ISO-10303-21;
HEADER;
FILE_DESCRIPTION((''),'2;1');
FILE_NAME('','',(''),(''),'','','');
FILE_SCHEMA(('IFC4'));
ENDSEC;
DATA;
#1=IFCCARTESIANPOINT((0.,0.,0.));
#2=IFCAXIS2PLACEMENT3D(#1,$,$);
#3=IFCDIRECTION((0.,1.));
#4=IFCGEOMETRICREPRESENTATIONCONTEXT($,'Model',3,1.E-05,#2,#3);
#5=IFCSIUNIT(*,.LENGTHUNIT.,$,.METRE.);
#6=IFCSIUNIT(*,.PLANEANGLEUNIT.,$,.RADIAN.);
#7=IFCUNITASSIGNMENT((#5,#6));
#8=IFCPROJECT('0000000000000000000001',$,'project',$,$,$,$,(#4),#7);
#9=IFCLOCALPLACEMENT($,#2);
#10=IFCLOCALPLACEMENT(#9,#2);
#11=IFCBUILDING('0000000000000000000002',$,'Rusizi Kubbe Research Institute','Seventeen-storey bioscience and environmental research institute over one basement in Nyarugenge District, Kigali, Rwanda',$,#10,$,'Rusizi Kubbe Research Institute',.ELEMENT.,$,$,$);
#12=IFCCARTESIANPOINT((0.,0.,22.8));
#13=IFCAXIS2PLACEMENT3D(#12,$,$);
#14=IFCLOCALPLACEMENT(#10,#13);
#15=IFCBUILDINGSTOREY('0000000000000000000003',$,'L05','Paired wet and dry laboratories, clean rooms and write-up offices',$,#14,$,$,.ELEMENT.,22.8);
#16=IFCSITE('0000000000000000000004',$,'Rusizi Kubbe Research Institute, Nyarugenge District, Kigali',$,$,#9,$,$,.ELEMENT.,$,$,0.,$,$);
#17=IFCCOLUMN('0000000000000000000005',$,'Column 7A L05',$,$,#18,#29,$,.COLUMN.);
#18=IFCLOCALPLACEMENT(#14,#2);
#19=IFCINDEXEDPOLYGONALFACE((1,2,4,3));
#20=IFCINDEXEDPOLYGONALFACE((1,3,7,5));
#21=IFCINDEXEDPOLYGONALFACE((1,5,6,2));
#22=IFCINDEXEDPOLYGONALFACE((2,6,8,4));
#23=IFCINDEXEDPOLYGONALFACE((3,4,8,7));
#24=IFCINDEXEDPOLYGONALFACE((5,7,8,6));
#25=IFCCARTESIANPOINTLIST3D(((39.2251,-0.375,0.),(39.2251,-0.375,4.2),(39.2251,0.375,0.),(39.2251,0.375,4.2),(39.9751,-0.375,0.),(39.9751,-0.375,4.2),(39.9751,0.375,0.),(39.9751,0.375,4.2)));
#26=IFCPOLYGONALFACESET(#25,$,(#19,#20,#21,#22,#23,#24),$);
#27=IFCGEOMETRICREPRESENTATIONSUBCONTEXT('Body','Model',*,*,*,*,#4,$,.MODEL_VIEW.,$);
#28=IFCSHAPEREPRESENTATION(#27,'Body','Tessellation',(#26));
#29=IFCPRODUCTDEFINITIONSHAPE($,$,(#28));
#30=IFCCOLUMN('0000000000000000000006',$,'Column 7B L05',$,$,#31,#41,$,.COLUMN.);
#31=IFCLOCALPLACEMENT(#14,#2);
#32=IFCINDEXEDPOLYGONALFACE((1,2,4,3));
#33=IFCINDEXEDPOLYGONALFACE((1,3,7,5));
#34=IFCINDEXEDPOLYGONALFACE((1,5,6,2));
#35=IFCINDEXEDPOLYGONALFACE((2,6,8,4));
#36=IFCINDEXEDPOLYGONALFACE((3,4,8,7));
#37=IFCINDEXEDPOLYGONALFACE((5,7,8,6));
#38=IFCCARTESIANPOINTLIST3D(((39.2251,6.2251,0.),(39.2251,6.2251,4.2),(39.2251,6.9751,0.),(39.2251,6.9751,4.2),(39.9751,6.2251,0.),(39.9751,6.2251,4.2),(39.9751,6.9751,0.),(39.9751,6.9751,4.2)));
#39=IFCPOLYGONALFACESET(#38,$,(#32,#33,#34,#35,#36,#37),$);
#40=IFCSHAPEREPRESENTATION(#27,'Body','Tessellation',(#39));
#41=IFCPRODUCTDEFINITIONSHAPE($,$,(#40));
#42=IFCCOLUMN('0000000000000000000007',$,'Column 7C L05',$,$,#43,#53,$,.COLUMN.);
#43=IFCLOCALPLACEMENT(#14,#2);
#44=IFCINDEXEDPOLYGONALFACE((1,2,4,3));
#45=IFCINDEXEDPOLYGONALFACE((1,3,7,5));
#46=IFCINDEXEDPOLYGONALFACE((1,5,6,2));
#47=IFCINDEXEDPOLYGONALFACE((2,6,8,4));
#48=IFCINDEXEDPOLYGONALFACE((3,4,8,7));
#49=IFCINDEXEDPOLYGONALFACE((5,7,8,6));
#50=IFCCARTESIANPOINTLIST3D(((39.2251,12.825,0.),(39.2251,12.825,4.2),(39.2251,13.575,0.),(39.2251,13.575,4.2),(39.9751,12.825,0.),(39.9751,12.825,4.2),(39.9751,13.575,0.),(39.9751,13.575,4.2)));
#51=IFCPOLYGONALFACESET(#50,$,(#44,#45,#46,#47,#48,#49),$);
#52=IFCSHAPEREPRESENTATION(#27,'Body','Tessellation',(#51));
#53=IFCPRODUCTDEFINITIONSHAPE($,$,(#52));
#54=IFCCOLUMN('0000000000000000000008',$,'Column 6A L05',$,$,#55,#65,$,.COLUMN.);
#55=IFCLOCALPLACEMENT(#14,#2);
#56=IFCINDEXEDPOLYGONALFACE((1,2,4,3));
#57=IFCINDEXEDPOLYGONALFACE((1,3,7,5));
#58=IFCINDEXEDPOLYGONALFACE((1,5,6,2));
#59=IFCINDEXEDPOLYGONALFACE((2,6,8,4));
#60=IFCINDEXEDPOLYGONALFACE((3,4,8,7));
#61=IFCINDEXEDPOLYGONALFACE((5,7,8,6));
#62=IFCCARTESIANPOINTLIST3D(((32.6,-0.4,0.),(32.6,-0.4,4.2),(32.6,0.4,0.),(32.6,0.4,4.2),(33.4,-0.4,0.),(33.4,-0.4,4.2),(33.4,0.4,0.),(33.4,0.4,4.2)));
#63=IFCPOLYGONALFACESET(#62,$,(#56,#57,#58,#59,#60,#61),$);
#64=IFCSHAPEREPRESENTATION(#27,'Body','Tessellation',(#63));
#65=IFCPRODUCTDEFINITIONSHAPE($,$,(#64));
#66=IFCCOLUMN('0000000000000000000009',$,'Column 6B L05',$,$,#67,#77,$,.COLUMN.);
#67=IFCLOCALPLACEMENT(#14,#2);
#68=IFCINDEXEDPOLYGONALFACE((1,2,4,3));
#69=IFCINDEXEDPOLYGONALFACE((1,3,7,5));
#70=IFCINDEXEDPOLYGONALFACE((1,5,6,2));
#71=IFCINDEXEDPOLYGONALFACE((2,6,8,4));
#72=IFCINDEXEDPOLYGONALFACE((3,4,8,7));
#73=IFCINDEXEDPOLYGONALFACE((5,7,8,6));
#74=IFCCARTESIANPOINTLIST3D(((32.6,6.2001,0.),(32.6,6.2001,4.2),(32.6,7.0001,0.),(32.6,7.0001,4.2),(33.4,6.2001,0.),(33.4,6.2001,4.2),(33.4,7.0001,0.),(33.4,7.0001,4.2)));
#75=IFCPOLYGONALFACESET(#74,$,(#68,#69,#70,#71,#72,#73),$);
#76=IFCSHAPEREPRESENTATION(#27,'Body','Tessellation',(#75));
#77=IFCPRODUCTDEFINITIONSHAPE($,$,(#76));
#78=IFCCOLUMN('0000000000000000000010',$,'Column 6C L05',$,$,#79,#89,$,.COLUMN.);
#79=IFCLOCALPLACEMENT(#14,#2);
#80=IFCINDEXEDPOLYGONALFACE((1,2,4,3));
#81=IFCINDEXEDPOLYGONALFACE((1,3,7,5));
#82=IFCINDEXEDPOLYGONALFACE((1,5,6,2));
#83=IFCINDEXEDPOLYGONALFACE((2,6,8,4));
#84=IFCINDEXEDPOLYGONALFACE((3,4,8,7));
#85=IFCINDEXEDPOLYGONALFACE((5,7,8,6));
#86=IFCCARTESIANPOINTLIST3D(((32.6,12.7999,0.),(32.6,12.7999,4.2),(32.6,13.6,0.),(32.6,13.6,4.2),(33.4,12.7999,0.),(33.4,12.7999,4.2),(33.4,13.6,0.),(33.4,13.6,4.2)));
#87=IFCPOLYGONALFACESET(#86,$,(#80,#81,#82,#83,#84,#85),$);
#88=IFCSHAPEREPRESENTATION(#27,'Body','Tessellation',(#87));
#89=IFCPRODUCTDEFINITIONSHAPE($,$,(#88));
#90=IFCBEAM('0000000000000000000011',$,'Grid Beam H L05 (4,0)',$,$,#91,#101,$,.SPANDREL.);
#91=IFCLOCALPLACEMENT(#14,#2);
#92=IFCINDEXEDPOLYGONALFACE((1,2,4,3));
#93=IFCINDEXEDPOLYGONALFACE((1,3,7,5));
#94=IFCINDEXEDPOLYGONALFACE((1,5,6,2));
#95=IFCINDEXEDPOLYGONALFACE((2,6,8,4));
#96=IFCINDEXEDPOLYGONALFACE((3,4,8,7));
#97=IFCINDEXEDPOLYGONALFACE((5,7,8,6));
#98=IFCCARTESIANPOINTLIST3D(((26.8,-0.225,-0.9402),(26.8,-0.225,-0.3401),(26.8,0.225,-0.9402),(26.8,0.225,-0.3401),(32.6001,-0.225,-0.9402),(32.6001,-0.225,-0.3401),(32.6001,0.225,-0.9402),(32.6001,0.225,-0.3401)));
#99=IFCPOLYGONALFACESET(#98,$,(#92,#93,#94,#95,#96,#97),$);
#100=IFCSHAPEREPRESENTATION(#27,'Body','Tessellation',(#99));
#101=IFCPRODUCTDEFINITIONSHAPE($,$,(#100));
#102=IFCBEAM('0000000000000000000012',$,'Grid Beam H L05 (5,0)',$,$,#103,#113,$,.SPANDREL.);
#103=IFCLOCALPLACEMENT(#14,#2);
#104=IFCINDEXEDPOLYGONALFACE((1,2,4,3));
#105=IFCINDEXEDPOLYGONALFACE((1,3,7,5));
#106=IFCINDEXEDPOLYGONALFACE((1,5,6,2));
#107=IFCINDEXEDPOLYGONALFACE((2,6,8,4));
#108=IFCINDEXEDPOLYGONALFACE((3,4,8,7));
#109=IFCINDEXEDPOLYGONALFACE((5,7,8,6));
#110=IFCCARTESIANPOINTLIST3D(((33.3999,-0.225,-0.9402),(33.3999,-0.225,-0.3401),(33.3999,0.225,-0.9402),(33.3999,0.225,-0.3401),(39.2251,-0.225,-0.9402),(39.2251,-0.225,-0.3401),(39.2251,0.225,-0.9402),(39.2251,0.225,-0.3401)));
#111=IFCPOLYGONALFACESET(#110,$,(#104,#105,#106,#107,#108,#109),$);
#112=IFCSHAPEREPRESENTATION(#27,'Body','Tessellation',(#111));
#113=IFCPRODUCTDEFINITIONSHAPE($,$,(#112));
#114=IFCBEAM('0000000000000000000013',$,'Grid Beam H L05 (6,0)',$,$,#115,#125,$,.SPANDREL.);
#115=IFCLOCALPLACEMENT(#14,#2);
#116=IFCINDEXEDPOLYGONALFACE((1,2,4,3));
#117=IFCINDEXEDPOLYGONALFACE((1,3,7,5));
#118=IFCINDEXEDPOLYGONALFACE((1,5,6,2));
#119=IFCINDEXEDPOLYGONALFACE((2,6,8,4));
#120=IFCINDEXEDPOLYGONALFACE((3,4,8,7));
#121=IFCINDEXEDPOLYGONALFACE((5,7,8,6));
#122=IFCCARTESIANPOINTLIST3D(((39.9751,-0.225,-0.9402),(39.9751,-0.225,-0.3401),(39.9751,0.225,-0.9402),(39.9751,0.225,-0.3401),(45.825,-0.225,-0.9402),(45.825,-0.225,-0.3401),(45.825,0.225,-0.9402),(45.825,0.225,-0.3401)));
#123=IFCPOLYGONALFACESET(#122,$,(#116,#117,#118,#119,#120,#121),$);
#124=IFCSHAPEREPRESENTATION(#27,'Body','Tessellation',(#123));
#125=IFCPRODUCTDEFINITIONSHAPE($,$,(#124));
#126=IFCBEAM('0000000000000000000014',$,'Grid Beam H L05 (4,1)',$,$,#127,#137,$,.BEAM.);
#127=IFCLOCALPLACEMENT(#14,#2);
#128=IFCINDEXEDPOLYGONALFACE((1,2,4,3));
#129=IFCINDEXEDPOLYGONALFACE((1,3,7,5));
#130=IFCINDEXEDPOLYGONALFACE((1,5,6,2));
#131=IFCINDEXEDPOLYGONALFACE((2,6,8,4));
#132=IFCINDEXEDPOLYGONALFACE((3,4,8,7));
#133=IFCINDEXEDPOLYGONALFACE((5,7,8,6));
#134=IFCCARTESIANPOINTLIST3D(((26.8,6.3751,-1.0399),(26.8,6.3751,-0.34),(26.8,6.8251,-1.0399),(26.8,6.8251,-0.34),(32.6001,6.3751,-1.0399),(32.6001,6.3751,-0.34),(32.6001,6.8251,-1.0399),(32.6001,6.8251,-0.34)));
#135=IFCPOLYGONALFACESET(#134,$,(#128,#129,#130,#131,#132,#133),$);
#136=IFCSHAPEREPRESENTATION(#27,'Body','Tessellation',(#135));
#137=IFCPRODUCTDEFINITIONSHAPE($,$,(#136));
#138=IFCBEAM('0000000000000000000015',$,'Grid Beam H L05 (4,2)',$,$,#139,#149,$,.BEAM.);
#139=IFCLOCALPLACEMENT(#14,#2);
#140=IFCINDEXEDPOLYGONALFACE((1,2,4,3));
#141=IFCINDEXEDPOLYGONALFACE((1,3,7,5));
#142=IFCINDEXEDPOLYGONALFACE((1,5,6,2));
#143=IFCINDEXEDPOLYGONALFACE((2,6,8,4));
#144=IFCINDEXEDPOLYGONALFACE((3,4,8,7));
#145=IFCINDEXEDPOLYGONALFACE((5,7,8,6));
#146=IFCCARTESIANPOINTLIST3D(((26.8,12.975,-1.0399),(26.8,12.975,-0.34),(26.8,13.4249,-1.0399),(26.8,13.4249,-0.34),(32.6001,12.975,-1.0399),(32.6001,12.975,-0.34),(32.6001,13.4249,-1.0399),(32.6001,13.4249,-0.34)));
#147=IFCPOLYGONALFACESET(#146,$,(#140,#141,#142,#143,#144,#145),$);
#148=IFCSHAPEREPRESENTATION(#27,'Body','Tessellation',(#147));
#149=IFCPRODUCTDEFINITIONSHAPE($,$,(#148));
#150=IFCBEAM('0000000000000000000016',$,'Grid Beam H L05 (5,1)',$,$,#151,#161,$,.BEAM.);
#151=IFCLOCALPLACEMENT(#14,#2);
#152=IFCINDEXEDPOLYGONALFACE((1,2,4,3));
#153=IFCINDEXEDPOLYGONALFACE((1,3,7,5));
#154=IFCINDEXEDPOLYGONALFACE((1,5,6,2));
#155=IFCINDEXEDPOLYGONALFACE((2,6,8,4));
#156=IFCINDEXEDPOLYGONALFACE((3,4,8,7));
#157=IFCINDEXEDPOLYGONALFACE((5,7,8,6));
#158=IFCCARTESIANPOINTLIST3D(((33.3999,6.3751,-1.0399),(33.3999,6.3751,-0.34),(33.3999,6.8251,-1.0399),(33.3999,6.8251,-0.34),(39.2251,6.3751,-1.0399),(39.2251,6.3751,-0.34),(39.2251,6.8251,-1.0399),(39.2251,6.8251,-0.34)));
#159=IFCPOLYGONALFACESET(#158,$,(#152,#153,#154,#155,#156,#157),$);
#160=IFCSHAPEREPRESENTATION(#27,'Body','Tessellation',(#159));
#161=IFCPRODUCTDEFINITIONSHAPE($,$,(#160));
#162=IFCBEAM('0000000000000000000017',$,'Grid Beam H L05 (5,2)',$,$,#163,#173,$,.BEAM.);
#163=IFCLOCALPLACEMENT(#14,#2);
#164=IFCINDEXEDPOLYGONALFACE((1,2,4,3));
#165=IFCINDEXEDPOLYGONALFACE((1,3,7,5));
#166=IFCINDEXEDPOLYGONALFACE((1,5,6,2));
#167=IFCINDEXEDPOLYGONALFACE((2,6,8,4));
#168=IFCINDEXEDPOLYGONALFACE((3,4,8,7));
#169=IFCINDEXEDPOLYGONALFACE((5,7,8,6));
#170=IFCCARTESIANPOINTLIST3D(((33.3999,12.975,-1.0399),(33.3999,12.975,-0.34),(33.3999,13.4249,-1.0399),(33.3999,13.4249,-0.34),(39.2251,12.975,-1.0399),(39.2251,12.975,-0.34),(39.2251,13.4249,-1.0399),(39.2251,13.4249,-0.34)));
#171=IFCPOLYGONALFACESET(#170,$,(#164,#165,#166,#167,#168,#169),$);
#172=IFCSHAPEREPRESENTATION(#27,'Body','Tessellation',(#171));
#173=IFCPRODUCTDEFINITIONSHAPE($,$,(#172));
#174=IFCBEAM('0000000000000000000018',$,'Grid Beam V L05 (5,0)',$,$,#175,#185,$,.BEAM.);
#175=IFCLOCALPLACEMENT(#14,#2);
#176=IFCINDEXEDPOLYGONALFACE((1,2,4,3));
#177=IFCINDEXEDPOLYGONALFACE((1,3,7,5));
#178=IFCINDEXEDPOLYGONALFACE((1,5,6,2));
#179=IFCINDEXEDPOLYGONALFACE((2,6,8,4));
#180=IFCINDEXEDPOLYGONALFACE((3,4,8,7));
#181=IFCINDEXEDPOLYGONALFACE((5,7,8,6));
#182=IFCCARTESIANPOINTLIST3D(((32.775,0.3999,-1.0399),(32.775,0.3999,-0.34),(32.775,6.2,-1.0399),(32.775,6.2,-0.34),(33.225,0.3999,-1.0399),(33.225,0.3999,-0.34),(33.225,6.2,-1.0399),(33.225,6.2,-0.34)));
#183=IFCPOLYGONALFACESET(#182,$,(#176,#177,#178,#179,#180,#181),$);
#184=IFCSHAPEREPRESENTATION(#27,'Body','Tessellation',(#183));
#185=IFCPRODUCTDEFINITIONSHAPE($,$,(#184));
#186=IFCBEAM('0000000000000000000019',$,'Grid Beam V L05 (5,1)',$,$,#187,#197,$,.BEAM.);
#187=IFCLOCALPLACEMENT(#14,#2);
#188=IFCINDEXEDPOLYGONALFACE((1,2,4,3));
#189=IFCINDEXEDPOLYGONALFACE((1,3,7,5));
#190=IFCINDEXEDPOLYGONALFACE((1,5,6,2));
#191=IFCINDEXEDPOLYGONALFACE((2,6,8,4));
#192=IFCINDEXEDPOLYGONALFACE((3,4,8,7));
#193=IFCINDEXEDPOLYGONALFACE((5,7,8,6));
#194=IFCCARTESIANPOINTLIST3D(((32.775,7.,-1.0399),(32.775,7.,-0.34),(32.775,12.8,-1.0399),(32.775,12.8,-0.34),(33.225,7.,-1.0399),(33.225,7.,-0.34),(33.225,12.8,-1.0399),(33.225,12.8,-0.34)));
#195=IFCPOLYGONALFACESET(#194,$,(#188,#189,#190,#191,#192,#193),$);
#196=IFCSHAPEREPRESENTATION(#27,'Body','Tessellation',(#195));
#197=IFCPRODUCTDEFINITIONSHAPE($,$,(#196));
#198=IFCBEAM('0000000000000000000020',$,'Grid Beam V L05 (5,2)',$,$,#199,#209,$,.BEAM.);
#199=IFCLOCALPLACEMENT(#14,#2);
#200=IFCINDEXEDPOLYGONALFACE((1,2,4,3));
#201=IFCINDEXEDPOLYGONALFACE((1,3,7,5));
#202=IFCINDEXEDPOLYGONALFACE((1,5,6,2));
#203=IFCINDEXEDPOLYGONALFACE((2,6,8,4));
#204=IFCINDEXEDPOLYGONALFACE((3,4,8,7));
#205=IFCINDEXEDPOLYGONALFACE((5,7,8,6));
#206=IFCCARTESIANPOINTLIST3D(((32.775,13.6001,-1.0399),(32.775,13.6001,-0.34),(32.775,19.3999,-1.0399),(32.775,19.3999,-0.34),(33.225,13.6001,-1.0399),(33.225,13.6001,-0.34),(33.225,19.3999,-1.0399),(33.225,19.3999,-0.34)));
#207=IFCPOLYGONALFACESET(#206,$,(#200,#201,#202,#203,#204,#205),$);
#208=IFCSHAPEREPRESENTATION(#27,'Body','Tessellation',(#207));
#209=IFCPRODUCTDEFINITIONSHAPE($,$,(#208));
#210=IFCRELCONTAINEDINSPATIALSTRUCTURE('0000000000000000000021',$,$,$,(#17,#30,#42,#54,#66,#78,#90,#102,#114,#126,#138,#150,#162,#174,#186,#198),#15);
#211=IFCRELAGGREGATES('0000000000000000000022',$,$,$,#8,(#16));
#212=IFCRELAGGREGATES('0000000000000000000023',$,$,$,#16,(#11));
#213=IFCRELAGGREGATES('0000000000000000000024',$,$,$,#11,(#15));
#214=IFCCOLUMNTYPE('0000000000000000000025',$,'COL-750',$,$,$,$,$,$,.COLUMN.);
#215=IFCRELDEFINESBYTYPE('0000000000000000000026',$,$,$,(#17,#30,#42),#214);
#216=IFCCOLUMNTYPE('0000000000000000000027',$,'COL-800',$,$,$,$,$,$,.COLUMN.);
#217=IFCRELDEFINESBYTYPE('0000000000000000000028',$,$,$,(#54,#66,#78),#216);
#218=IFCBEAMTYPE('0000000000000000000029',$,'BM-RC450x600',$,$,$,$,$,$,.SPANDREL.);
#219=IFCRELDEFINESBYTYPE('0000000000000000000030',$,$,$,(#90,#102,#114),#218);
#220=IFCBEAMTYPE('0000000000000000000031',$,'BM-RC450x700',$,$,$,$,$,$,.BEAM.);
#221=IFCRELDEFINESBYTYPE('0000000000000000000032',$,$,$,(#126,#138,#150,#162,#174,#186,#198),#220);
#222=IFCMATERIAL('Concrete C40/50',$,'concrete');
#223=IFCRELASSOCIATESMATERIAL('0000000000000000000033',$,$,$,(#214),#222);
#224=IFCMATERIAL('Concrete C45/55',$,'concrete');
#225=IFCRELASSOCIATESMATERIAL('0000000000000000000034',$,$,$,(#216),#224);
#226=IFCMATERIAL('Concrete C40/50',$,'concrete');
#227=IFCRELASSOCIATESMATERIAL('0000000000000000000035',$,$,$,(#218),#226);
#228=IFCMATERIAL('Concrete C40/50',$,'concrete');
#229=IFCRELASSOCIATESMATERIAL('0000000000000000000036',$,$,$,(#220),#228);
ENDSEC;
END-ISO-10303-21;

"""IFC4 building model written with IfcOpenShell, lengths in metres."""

from ifc_helpers import new_model, si_unit, direction, frame, origin, origin_2d, place, context, subcontext, project, spatial, rectangle, extrude, material, material_profile, profile_set, type_object, element, save


model = new_model("IFC4")

# Units and contexts
model_context = context("Model", 3, precision=1e-05, world=origin(), true_north=direction((0.0, 1.0)))
body_context = subcontext(model_context, "Body", "Model", "MODEL_VIEW")
ifc_project = project(units=[si_unit("LENGTHUNIT", "METRE"), si_unit("PLANEANGLEUNIT", "RADIAN")], contexts=[model_context])

# Site, building, storey
site_placement = place(None, origin())
site = spatial("IfcSite", under=ifc_project, at=site_placement, Name="Rusizi Kubbe Research Institute, Nyarugenge District, Kigali", CompositionType="ELEMENT", RefElevation=0.0)
building_placement = place(site_placement, origin())
building = spatial("IfcBuilding", under=site, at=building_placement, Name="Rusizi Kubbe Research Institute", Description="Seventeen-storey bioscience and environmental research institute over one basement in Nyarugenge District, Kigali, Rwanda", LongName="Rusizi Kubbe Research Institute", CompositionType="ELEMENT")
storey_placement = place(building_placement, frame((0.0, 0.0, 22.8)))
storey = spatial("IfcBuildingStorey", under=building, at=storey_placement, Name="L05", Description="Paired wet and dry laboratories, clean rooms and write-up offices", CompositionType="ELEMENT", Elevation=22.8)

# Columns
ifc_material_1 = material(Name="Concrete C40/50", Category="concrete")
ifc_material_profile_1 = material_profile(ifc_material_1, rectangle(XDim=0.75, YDim=0.75, at=origin_2d()), Name="RC750x750")
ifc_profile_set_1 = profile_set([ifc_material_profile_1], Name="Concrete C40/50")
column_type_1 = type_object("IfcColumnType", Name="COL-750", PredefinedType="COLUMN", material=ifc_profile_set_1)
for number, where, z_axis, x_axis, name in (
    (1, (39.6001, 0.0, 0.0), (0.0, 0.0, 1.0), (1.0, 0.0, 0.0), "Column 7A L05"),
    (2, (39.6001, 6.6001, 0.0), (0.0, 0.0, 1.0), (1.0, 0.0, 0.0), "Column 7B L05"),
    (3, (39.6001, 13.2, 0.0), (0.0, 0.0, 1.0), (1.0, 0.0, 0.0), "Column 7C L05"),
):
    element("IfcColumn", number, at=place(storey_placement, frame(where, z_axis=z_axis, x_axis=x_axis)), inside=storey, type_object=column_type_1, Name=name, PredefinedType="COLUMN", context=body_context, shape_type="SweptSolid", body=[
        extrude(rectangle(XDim=0.75, YDim=0.75, at=origin_2d()), origin(), (0.0, 0.0, 1.0), 4.2),
    ])
ifc_material_2 = material(Name="Concrete C45/55", Category="concrete")
ifc_material_profile_2 = material_profile(ifc_material_2, rectangle(XDim=0.8, YDim=0.8, at=origin_2d()), Name="RC800x800")
ifc_profile_set_2 = profile_set([ifc_material_profile_2], Name="Concrete C45/55")
column_type_2 = type_object("IfcColumnType", Name="COL-800", PredefinedType="COLUMN", material=ifc_profile_set_2)
for number, where, z_axis, x_axis, name in (
    (4, (33.0, 0.0, 0.0), (0.0, 0.0, 1.0), (1.0, 0.0, 0.0), "Column 6A L05"),
    (5, (33.0, 6.6001, 0.0), (0.0, 0.0, 1.0), (1.0, 0.0, 0.0), "Column 6B L05"),
    (6, (33.0, 13.2, 0.0), (0.0, 0.0, 1.0), (1.0, 0.0, 0.0), "Column 6C L05"),
):
    element("IfcColumn", number, at=place(storey_placement, frame(where, z_axis=z_axis, x_axis=x_axis)), inside=storey, type_object=column_type_2, Name=name, PredefinedType="COLUMN", context=body_context, shape_type="SweptSolid", body=[
        extrude(rectangle(XDim=0.8, YDim=0.8, at=origin_2d()), origin(), (0.0, 0.0, 1.0), 4.2),
    ])

# Beams
ifc_material_3 = material(Name="Concrete C40/50", Category="concrete")
ifc_material_profile_3 = material_profile(ifc_material_3, rectangle(XDim=0.45, YDim=0.6001, at=origin_2d()), Name="RC450x600")
ifc_profile_set_3 = profile_set([ifc_material_profile_3], Name="Concrete C40/50")
beam_type_1 = type_object("IfcBeamType", Name="BM-RC450x600", PredefinedType="SPANDREL", material=ifc_profile_set_3)
beam_1_placement = place(storey_placement, frame((26.8, 0.0, -0.6401), z_axis=(1.0, 0.0, 0.0), x_axis=(0.0, 1.0, 0.0)))
element("IfcBeam", 7, at=beam_1_placement, inside=storey, type_object=beam_type_1, Name="Grid Beam H L05 (4,0)", PredefinedType="SPANDREL", context=body_context, shape_type="SweptSolid", body=[
    extrude(rectangle(XDim=0.45, YDim=0.6001, at=origin_2d()), origin(), (0.0, 0.0, 1.0), 5.8),
])
beam_2_placement = place(storey_placement, frame((33.3999, 0.0, -0.6401), z_axis=(1.0, 0.0, 0.0), x_axis=(0.0, 1.0, 0.0)))
element("IfcBeam", 8, at=beam_2_placement, inside=storey, type_object=beam_type_1, Name="Grid Beam H L05 (5,0)", PredefinedType="SPANDREL", context=body_context, shape_type="SweptSolid", body=[
    extrude(rectangle(XDim=0.45, YDim=0.6001, at=origin_2d()), origin(), (0.0, 0.0, 1.0), 5.8252),
])
beam_3_placement = place(storey_placement, frame((39.9751, 0.0, -0.6401), z_axis=(1.0, 0.0, 0.0), x_axis=(0.0, 1.0, 0.0)))
element("IfcBeam", 9, at=beam_3_placement, inside=storey, type_object=beam_type_1, Name="Grid Beam H L05 (6,0)", PredefinedType="SPANDREL", context=body_context, shape_type="SweptSolid", body=[
    extrude(rectangle(XDim=0.45, YDim=0.6001, at=origin_2d()), origin(), (0.0, 0.0, 1.0), 5.8499),
])
ifc_material_4 = material(Name="Concrete C40/50", Category="concrete")
ifc_material_profile_4 = material_profile(ifc_material_4, rectangle(XDim=0.45, YDim=0.7, at=origin_2d()), Name="RC450x700B")
ifc_profile_set_4 = profile_set([ifc_material_profile_4], Name="Concrete C40/50")
beam_type_2 = type_object("IfcBeamType", Name="BM-RC450x700", PredefinedType="BEAM", material=ifc_profile_set_4)
for number, where, z_axis, x_axis, name in (
    (10, (26.8, 6.6001, -0.6899), (1.0, 0.0, 0.0), (0.0, 1.0, 0.0), "Grid Beam H L05 (4,1)"),
    (11, (26.8, 13.2, -0.6899), (1.0, 0.0, 0.0), (0.0, 1.0, 0.0), "Grid Beam H L05 (4,2)"),
):
    element("IfcBeam", number, at=place(storey_placement, frame(where, z_axis=z_axis, x_axis=x_axis)), inside=storey, type_object=beam_type_2, Name=name, PredefinedType="BEAM", context=body_context, shape_type="SweptSolid", body=[
        extrude(rectangle(XDim=0.45, YDim=0.7, at=origin_2d()), origin(), (0.0, 0.0, 1.0), 5.8),
    ])
for number, where, z_axis, x_axis, name in (
    (12, (33.3999, 6.6001, -0.6899), (1.0, 0.0, 0.0), (0.0, 1.0, 0.0), "Grid Beam H L05 (5,1)"),
    (13, (33.3999, 13.2, -0.6899), (1.0, 0.0, 0.0), (0.0, 1.0, 0.0), "Grid Beam H L05 (5,2)"),
):
    element("IfcBeam", number, at=place(storey_placement, frame(where, z_axis=z_axis, x_axis=x_axis)), inside=storey, type_object=beam_type_2, Name=name, PredefinedType="BEAM", context=body_context, shape_type="SweptSolid", body=[
        extrude(rectangle(XDim=0.45, YDim=0.7, at=origin_2d()), origin(), (0.0, 0.0, 1.0), 5.8252),
    ])
for number, where, z_axis, x_axis, name in (
    (14, (33.0, 0.3999, -0.6899), (0.0, 1.0, 0.0), (-1.0, 0.0, 0.0), "Grid Beam V L05 (5,0)"),
    (15, (33.0, 7.0, -0.6899), (0.0, 1.0, 0.0), (-1.0, 0.0, 0.0), "Grid Beam V L05 (5,1)"),
):
    element("IfcBeam", number, at=place(storey_placement, frame(where, z_axis=z_axis, x_axis=x_axis)), inside=storey, type_object=beam_type_2, Name=name, PredefinedType="BEAM", context=body_context, shape_type="SweptSolid", body=[
        extrude(rectangle(XDim=0.45, YDim=0.7, at=origin_2d()), origin(), (0.0, 0.0, 1.0), 5.8),
    ])
beam_4_placement = place(storey_placement, frame((33.0, 13.6001, -0.6899), z_axis=(0.0, 1.0, 0.0), x_axis=(-1.0, 0.0, 0.0)))
element("IfcBeam", 16, at=beam_4_placement, inside=storey, type_object=beam_type_2, Name="Grid Beam V L05 (5,2)", PredefinedType="BEAM", context=body_context, shape_type="SweptSolid", body=[
    extrude(rectangle(XDim=0.45, YDim=0.7, at=origin_2d()), origin(), (0.0, 0.0, 1.0), 5.7998),
])

save(model, "model.ifc")
